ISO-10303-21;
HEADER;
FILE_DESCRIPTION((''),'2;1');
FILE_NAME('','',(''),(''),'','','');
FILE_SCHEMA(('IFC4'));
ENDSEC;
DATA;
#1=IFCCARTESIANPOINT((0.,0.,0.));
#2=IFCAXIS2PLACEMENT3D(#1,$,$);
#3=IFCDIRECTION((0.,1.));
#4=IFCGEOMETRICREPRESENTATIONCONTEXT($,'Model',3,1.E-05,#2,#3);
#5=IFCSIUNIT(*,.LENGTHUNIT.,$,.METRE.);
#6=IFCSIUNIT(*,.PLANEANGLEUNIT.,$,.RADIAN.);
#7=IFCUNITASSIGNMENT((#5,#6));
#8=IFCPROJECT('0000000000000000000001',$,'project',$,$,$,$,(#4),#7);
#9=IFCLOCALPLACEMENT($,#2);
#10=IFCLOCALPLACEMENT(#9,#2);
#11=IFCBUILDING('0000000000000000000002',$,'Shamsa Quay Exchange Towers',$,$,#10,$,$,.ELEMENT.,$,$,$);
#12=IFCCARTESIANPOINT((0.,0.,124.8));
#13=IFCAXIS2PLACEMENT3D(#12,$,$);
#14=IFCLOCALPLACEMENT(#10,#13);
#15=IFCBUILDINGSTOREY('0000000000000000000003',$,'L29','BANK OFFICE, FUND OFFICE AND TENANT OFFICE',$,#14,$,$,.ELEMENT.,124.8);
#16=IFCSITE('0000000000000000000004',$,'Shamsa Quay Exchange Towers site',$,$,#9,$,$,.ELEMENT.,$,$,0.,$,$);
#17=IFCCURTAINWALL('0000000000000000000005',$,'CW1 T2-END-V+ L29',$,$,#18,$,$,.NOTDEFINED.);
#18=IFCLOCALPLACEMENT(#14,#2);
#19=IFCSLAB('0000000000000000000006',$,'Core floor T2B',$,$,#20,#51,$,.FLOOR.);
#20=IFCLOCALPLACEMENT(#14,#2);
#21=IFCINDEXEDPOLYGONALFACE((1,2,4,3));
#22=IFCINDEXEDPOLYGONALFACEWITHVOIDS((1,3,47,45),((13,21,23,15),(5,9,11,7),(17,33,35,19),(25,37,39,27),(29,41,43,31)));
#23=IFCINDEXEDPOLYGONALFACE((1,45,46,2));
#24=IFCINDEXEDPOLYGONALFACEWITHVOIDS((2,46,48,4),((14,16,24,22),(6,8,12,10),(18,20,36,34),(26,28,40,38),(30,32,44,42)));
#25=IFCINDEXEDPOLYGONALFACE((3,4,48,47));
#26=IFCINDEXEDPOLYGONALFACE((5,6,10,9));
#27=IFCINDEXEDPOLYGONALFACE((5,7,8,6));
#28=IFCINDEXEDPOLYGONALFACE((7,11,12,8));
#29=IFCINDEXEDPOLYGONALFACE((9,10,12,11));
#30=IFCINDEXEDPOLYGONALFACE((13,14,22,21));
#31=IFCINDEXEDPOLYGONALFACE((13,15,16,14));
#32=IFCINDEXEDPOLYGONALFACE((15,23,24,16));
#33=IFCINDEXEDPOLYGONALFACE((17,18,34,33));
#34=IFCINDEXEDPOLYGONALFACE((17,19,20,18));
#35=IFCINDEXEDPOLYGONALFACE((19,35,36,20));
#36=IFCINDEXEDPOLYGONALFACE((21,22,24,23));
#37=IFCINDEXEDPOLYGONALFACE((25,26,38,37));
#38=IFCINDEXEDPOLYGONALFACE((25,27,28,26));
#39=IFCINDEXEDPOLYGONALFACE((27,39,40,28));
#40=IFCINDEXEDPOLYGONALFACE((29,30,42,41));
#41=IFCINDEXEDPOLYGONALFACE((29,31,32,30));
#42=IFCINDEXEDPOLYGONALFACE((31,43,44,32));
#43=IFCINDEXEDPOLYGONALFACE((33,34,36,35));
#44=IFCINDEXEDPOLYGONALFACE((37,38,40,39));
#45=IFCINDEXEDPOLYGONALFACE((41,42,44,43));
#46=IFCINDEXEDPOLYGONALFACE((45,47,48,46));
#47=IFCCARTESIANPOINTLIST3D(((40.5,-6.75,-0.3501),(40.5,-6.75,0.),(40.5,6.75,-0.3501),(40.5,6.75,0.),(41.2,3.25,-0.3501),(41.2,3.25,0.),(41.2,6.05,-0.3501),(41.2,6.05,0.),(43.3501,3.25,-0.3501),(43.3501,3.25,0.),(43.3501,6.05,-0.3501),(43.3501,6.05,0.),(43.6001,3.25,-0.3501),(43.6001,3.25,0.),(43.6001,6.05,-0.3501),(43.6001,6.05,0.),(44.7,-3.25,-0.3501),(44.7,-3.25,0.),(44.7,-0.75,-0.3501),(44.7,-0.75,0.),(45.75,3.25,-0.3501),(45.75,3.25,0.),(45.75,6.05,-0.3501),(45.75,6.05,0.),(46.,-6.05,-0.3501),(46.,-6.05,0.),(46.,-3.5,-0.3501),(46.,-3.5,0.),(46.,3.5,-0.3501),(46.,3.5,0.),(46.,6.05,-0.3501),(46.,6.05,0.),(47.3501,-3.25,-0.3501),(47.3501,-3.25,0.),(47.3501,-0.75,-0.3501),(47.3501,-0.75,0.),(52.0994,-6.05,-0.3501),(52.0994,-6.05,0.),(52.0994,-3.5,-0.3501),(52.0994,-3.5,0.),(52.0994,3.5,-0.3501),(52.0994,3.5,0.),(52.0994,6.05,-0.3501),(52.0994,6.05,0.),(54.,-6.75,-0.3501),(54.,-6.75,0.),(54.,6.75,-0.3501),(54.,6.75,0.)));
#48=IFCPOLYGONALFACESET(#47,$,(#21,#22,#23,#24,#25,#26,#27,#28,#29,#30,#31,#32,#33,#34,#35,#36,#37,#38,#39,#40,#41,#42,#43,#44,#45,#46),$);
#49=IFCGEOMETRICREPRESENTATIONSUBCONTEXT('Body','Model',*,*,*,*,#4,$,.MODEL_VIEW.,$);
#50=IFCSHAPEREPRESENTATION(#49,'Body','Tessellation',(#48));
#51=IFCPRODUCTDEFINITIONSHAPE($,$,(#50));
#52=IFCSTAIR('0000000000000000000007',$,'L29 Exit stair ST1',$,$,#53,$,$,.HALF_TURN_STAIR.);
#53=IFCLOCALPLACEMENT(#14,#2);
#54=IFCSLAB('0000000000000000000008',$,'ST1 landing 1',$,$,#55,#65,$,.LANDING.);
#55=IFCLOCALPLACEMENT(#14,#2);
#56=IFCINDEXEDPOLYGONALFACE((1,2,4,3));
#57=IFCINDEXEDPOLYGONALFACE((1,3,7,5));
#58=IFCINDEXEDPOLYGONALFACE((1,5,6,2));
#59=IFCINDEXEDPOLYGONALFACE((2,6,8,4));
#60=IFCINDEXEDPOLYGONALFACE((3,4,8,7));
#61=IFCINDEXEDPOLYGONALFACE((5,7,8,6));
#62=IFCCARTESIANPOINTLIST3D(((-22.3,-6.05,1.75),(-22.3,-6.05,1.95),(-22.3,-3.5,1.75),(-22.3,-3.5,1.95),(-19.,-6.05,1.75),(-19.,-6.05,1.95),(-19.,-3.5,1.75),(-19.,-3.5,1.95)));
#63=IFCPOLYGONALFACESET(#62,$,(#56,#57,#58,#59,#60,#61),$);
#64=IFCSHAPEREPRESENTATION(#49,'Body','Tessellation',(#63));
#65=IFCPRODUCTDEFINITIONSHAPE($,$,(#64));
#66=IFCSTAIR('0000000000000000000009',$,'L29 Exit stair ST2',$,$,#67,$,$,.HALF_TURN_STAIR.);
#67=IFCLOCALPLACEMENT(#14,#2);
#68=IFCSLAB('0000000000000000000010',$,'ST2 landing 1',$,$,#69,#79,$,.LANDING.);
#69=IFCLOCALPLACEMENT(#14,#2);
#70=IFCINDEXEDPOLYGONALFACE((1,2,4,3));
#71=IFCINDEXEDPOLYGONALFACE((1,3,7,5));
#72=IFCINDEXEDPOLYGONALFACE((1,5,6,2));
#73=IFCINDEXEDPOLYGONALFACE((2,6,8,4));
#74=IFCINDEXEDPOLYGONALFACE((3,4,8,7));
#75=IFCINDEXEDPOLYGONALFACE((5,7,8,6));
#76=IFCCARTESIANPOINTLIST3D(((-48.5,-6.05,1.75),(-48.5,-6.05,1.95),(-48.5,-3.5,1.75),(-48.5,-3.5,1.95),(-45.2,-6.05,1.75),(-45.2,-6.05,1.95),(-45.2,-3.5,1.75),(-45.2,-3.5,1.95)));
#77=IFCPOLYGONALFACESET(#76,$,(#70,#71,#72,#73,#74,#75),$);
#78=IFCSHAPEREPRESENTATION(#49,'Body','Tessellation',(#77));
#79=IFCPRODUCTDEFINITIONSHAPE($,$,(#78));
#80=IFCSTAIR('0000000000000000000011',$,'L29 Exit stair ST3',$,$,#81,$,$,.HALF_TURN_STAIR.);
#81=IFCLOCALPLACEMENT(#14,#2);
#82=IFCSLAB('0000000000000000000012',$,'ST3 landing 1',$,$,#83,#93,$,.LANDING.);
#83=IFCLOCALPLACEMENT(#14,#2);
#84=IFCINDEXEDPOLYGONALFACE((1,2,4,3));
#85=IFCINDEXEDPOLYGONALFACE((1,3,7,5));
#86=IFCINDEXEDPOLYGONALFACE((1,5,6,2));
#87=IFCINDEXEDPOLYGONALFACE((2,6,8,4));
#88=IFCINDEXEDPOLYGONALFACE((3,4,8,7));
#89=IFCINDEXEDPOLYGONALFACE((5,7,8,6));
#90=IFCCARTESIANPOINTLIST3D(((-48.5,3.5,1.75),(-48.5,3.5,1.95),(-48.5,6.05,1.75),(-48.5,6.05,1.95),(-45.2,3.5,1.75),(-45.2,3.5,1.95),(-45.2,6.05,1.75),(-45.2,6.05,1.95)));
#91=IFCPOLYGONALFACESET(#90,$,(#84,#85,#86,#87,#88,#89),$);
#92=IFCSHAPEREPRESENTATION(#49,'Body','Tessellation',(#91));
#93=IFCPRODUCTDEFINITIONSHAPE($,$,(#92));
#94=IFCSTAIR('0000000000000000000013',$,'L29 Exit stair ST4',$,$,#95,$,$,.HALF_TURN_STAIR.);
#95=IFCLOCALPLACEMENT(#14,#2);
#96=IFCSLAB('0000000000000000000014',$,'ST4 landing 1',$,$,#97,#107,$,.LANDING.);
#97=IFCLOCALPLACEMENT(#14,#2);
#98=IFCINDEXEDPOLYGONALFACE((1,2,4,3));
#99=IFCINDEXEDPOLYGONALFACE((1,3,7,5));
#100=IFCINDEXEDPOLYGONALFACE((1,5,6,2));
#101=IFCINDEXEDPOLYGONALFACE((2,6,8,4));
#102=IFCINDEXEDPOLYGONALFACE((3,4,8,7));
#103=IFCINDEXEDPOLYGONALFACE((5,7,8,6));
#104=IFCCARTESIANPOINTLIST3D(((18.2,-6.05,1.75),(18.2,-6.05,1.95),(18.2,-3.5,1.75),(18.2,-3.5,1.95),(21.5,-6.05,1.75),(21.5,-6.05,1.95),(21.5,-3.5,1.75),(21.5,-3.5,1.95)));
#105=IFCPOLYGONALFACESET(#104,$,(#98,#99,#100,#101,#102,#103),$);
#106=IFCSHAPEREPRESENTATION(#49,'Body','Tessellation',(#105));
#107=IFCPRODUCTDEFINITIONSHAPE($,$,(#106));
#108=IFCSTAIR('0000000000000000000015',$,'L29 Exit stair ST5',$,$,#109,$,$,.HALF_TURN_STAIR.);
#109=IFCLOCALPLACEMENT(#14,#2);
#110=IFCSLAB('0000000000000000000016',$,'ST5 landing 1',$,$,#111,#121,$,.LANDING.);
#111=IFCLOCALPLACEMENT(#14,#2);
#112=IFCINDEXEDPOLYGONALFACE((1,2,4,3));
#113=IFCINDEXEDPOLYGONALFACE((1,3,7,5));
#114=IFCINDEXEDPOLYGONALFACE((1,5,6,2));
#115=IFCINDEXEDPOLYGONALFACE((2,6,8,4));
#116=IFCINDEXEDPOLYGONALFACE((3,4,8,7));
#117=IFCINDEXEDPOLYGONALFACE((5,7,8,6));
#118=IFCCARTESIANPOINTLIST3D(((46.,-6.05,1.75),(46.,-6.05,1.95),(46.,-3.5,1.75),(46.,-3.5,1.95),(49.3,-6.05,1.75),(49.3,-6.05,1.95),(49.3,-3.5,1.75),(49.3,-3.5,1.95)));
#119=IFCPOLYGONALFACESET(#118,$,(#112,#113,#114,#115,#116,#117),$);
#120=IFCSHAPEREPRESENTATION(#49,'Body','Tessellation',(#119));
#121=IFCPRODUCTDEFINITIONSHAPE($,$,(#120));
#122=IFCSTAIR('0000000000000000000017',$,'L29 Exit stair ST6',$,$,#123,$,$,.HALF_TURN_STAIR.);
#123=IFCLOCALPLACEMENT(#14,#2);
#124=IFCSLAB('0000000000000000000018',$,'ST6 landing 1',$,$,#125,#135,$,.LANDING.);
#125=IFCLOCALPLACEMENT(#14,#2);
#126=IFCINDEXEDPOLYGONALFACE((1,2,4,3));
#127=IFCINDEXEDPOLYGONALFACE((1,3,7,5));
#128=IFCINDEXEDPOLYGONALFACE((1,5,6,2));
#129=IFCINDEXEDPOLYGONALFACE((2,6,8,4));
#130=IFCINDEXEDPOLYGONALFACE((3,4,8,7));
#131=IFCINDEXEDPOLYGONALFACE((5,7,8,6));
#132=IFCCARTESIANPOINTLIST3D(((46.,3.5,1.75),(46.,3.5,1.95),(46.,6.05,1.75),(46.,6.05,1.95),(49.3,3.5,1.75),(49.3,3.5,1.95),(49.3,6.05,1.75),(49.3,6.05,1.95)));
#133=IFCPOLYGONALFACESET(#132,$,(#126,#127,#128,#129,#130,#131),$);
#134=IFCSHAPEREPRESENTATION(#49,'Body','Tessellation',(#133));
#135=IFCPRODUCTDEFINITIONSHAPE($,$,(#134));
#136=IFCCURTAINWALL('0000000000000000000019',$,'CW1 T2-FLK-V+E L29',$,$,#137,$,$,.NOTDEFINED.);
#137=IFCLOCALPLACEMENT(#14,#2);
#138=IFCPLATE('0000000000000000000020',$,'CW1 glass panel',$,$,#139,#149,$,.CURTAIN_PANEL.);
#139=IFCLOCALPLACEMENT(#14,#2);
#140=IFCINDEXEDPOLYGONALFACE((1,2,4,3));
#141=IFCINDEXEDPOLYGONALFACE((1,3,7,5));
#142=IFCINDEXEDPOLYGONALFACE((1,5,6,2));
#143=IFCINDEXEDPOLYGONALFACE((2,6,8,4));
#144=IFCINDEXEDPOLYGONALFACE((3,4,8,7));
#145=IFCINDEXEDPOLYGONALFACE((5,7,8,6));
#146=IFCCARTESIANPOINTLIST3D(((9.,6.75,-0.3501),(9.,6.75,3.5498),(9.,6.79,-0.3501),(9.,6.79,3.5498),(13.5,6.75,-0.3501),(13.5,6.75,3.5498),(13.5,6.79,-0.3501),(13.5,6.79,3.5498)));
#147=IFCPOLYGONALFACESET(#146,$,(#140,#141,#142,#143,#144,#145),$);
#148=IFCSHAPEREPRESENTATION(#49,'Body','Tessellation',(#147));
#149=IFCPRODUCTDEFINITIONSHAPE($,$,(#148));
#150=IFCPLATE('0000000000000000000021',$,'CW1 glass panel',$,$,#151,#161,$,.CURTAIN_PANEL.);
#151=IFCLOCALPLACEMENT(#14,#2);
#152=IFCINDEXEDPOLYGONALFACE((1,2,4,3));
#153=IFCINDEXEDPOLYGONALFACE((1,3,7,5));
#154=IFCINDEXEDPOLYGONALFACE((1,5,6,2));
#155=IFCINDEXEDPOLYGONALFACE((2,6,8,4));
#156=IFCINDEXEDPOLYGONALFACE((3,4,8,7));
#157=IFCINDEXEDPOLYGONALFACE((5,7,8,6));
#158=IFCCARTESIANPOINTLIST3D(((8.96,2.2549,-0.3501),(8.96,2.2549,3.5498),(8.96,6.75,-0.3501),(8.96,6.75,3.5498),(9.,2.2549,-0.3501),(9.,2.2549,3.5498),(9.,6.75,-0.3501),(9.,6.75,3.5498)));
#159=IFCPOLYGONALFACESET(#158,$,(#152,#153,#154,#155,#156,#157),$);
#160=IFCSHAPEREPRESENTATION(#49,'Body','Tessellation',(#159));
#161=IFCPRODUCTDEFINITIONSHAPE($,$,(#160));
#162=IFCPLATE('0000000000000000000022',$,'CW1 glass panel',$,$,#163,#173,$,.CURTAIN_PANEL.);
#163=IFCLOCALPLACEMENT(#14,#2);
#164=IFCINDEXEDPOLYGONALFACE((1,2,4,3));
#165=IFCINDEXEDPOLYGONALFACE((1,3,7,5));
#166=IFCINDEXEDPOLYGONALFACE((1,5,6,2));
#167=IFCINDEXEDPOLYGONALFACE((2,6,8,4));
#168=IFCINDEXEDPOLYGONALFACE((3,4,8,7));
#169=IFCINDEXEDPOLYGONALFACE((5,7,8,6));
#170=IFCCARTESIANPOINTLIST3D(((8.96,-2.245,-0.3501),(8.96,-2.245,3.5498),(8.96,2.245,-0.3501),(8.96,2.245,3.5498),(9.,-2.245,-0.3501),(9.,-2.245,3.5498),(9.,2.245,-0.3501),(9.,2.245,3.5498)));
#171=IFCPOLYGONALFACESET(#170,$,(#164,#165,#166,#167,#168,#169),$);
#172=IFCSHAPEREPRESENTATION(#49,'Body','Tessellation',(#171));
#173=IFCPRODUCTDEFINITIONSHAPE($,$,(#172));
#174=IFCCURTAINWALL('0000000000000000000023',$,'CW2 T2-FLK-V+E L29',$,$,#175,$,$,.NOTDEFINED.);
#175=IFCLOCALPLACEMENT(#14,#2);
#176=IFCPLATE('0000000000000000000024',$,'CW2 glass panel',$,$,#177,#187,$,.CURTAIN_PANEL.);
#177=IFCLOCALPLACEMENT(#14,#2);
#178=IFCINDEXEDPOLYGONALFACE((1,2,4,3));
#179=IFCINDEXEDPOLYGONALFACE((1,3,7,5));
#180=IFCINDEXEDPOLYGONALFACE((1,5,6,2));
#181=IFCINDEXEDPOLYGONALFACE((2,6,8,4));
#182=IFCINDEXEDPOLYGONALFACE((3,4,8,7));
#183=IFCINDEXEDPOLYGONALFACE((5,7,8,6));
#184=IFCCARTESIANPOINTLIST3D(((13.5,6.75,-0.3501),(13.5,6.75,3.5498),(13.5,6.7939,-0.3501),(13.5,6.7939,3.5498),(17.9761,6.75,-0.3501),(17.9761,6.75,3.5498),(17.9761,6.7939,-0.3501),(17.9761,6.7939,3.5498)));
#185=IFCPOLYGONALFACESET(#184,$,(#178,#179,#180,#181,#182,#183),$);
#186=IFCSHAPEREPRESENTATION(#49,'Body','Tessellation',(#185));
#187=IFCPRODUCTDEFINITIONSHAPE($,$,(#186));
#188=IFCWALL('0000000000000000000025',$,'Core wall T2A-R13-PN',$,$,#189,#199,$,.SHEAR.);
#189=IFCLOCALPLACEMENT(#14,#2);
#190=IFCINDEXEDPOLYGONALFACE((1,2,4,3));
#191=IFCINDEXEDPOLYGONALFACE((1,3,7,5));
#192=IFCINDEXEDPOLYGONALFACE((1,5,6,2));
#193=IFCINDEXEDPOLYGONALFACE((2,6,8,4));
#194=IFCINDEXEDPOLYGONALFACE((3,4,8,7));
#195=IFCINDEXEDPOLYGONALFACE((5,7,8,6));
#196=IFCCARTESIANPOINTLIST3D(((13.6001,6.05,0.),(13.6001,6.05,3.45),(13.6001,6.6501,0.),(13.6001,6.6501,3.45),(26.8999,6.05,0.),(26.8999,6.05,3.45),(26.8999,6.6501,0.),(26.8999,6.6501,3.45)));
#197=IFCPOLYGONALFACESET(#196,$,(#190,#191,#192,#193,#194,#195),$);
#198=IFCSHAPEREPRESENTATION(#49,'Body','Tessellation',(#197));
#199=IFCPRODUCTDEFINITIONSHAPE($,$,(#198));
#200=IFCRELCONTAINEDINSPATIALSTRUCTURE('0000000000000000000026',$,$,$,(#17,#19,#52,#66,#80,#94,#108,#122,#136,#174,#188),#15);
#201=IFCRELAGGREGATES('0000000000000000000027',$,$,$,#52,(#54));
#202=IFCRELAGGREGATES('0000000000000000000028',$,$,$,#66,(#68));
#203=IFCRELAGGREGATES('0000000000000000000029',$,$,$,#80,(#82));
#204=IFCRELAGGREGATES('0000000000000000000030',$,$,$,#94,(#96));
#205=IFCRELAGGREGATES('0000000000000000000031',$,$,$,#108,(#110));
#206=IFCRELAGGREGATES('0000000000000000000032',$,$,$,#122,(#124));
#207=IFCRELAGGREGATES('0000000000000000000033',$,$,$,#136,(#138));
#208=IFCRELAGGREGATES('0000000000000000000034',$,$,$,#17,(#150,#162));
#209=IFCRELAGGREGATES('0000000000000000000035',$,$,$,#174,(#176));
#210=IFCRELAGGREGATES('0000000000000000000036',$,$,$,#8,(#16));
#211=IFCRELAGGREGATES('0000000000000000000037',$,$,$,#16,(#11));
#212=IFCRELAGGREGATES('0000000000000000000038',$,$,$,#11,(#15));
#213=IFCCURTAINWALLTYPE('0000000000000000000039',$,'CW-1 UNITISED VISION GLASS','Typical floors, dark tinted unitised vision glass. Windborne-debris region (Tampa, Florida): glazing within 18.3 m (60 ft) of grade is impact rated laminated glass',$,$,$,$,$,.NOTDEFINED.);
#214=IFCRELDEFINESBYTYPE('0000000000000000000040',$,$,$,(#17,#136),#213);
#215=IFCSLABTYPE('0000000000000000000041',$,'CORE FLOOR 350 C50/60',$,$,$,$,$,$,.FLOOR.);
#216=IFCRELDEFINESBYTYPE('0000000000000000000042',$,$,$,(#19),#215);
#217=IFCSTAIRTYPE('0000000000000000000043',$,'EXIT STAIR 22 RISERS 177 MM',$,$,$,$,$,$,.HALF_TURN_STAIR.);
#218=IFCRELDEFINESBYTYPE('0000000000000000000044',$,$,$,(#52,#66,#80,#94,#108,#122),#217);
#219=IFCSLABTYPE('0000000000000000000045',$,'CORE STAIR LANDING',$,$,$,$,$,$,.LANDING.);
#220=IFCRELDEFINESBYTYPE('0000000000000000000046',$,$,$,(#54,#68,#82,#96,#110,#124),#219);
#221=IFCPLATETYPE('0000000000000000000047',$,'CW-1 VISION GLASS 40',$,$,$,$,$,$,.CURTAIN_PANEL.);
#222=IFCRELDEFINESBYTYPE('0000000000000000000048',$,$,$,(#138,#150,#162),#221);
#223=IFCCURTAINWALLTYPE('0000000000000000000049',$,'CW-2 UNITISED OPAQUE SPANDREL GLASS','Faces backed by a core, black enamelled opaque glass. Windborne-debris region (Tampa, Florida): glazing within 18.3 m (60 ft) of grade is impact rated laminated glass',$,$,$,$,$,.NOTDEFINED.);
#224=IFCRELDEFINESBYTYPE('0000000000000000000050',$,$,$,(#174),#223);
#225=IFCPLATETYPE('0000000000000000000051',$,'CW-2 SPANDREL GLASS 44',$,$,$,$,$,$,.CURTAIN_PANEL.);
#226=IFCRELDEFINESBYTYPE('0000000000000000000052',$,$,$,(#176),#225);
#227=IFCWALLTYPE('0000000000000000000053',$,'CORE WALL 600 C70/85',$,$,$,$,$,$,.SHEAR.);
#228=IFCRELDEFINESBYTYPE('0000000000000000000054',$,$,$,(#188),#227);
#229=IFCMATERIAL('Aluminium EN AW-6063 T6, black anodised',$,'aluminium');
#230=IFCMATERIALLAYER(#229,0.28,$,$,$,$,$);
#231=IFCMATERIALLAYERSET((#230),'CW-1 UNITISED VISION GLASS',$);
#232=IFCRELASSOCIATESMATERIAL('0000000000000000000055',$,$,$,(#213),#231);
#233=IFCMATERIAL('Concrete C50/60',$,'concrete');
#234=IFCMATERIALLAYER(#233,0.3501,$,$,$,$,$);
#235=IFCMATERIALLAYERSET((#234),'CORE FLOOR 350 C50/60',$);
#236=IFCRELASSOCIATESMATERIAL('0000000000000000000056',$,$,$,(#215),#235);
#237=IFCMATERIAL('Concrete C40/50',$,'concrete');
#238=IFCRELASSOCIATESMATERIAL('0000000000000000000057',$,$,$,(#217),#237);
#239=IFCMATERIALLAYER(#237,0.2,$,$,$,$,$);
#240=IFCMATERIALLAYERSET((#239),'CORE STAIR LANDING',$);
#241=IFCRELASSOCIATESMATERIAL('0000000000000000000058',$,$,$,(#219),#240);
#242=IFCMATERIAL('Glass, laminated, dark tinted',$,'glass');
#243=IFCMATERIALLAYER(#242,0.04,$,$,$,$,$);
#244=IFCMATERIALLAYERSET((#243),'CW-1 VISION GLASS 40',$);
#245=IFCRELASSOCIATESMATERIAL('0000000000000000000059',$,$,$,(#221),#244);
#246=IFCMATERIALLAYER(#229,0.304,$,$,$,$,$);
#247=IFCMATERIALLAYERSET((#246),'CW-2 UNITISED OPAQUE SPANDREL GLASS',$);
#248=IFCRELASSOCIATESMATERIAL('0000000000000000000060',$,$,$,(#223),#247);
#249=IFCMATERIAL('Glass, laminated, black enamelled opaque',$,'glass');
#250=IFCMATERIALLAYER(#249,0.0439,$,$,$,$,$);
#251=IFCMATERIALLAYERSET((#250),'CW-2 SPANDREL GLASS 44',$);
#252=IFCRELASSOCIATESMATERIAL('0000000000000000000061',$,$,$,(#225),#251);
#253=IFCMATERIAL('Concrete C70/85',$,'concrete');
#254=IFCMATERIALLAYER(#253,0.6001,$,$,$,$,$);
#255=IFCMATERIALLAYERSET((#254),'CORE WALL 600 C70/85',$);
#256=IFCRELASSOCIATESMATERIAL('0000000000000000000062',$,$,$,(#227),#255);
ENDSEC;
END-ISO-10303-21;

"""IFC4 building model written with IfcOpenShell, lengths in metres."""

from ifc_helpers import new_model, si_unit, direction, frame, frame_2d, origin, origin_2d, place, context, subcontext, project, spatial, polyline, rectangle, outline, extrude, material, layer, layer_set, type_object, element, aggregate, save


model = new_model("IFC4")

# Units and contexts
model_context = context("Model", 3, precision=1e-05, world=origin(), true_north=direction((0.0, 1.0)))
body_context = subcontext(model_context, "Body", "Model", "MODEL_VIEW")
ifc_project = project(units=[si_unit("LENGTHUNIT", "METRE"), si_unit("PLANEANGLEUNIT", "RADIAN")], contexts=[model_context])

# Site, building, storey
site_placement = place(None, origin())
site = spatial("IfcSite", under=ifc_project, at=site_placement, Name="Shamsa Quay Exchange Towers site", CompositionType="ELEMENT", RefElevation=0.0)
building_placement = place(site_placement, origin())
building = spatial("IfcBuilding", under=site, at=building_placement, Name="Shamsa Quay Exchange Towers", CompositionType="ELEMENT")
storey_placement = place(building_placement, frame((0.0, 0.0, 124.8)))
storey = spatial("IfcBuildingStorey", under=building, at=storey_placement, Name="L29", Description="BANK OFFICE, FUND OFFICE AND TENANT OFFICE", CompositionType="ELEMENT", Elevation=124.8)

# Curtain wall
ifc_material_1 = material(Name="Aluminium EN AW-6063 T6, black anodised", Category="aluminium")
ifc_layer_1 = layer(ifc_material_1, 0.28)
ifc_layer_set_1 = layer_set([ifc_layer_1], Name="CW-1 UNITISED VISION GLASS")
curtain_wall_type_1 = type_object("IfcCurtainWallType", Name="CW-1 UNITISED VISION GLASS", Description="Typical floors, dark tinted unitised vision glass. Windborne-debris region (Tampa, Florida): glazing within 18.3 m (60 ft) of grade is impact rated laminated glass", PredefinedType="NOTDEFINED", material=ifc_layer_set_1)
curtain_wall_1_placement = place(storey_placement, origin())
curtain_wall_1 = element("IfcCurtainWall", 1, at=curtain_wall_1_placement, inside=storey, type_object=curtain_wall_type_1, Name="CW1 T2-END-V+ L29", PredefinedType="NOTDEFINED")

# Slab
ifc_material_2 = material(Name="Concrete C50/60", Category="concrete")
ifc_layer_2 = layer(ifc_material_2, 0.3501)
ifc_layer_set_2 = layer_set([ifc_layer_2], Name="CORE FLOOR 350 C50/60")
slab_type_1 = type_object("IfcSlabType", Name="CORE FLOOR 350 C50/60", PredefinedType="FLOOR", material=ifc_layer_set_2)
slab_1_placement = place(storey_placement, frame((0.0, 0.0, -0.3501)))
element("IfcSlab", 2, at=slab_1_placement, inside=storey, type_object=slab_type_1, Name="Core floor T2B", PredefinedType="FLOOR", context=body_context, shape_type="SweptSolid", body=[
    extrude(outline(polyline([(54.0, -6.75), (54.0, 6.75), (40.5, 6.75), (40.5, -6.75), (54.0, -6.75)]), holes=[polyline([(52.0994, -3.5), (52.0994, -6.05), (46.0, -6.05), (46.0, -3.5), (52.0994, -3.5)]), polyline([(52.0994, 6.05), (52.0994, 3.5), (46.0, 3.5), (46.0, 6.05), (52.0994, 6.05)]), polyline([(45.75, 3.25), (43.6001, 3.25), (43.6001, 6.05), (45.75, 6.05), (45.75, 3.25)]), polyline([(43.3501, 3.25), (41.2, 3.25), (41.2, 6.05), (43.3501, 6.05), (43.3501, 3.25)]), polyline([(47.3501, -3.25), (44.7, -3.25), (44.7, -0.75), (47.3501, -0.75), (47.3501, -3.25)])]), origin(), (0.0, 0.0, 1.0), 0.3501),
])

# Stairs, slabs
ifc_material_3 = material(Name="Concrete C40/50", Category="concrete")
stair_type = type_object("IfcStairType", Name="EXIT STAIR 22 RISERS 177 MM", PredefinedType="HALF_TURN_STAIR", material=ifc_material_3)
stair_1_placement = place(storey_placement, origin())
stair_1 = element("IfcStair", 3, at=stair_1_placement, inside=storey, type_object=stair_type, Name="L29 Exit stair ST1", PredefinedType="HALF_TURN_STAIR")
ifc_layer_3 = layer(ifc_material_3, 0.2)
ifc_layer_set_3 = layer_set([ifc_layer_3], Name="CORE STAIR LANDING")
slab_type_2 = type_object("IfcSlabType", Name="CORE STAIR LANDING", PredefinedType="LANDING", material=ifc_layer_set_3)
slab_2_placement = place(storey_placement, frame((0.0, 0.0, 1.75)))
slab_2 = element("IfcSlab", 4, at=slab_2_placement, type_object=slab_type_2, Name="ST1 landing 1", PredefinedType="LANDING", context=body_context, shape_type="SweptSolid", body=[
    extrude(outline(polyline([(-22.3, -6.05), (-19.0, -6.05), (-19.0, -3.5), (-22.3, -3.5), (-22.3, -6.05)])), origin(), (0.0, 0.0, 1.0), 0.2),
])
aggregate(stair_1, [slab_2])
stair_2_placement = place(storey_placement, origin())
stair_2 = element("IfcStair", 5, at=stair_2_placement, inside=storey, type_object=stair_type, Name="L29 Exit stair ST2", PredefinedType="HALF_TURN_STAIR")
slab_3_placement = place(storey_placement, frame((0.0, 0.0, 1.75)))
slab_3 = element("IfcSlab", 6, at=slab_3_placement, type_object=slab_type_2, Name="ST2 landing 1", PredefinedType="LANDING", context=body_context, shape_type="SweptSolid", body=[
    extrude(outline(polyline([(-45.2, -3.5), (-48.5, -3.5), (-48.5, -6.05), (-45.2, -6.05), (-45.2, -3.5)])), origin(), (0.0, 0.0, 1.0), 0.2),
])
aggregate(stair_2, [slab_3])
stair_3_placement = place(storey_placement, origin())
stair_3 = element("IfcStair", 7, at=stair_3_placement, inside=storey, type_object=stair_type, Name="L29 Exit stair ST3", PredefinedType="HALF_TURN_STAIR")
slab_4_placement = place(storey_placement, frame((0.0, 0.0, 1.75)))
slab_4 = element("IfcSlab", 8, at=slab_4_placement, type_object=slab_type_2, Name="ST3 landing 1", PredefinedType="LANDING", context=body_context, shape_type="SweptSolid", body=[
    extrude(outline(polyline([(-45.2, 6.05), (-48.5, 6.05), (-48.5, 3.5), (-45.2, 3.5), (-45.2, 6.05)])), origin(), (0.0, 0.0, 1.0), 0.2),
])
aggregate(stair_3, [slab_4])
stair_4_placement = place(storey_placement, origin())
stair_4 = element("IfcStair", 9, at=stair_4_placement, inside=storey, type_object=stair_type, Name="L29 Exit stair ST4", PredefinedType="HALF_TURN_STAIR")
slab_5_placement = place(storey_placement, frame((0.0, 0.0, 1.75)))
slab_5 = element("IfcSlab", 10, at=slab_5_placement, type_object=slab_type_2, Name="ST4 landing 1", PredefinedType="LANDING", context=body_context, shape_type="SweptSolid", body=[
    extrude(outline(polyline([(18.2, -6.05), (21.5, -6.05), (21.5, -3.5), (18.2, -3.5), (18.2, -6.05)])), origin(), (0.0, 0.0, 1.0), 0.2),
])
aggregate(stair_4, [slab_5])
stair_5_placement = place(storey_placement, origin())
stair_5 = element("IfcStair", 11, at=stair_5_placement, inside=storey, type_object=stair_type, Name="L29 Exit stair ST5", PredefinedType="HALF_TURN_STAIR")
slab_6_placement = place(storey_placement, frame((0.0, 0.0, 1.75)))
slab_6 = element("IfcSlab", 12, at=slab_6_placement, type_object=slab_type_2, Name="ST5 landing 1", PredefinedType="LANDING", context=body_context, shape_type="SweptSolid", body=[
    extrude(outline(polyline([(49.3, -3.5), (46.0, -3.5), (46.0, -6.05), (49.3, -6.05), (49.3, -3.5)])), origin(), (0.0, 0.0, 1.0), 0.2),
])
aggregate(stair_5, [slab_6])
stair_6_placement = place(storey_placement, origin())
stair_6 = element("IfcStair", 13, at=stair_6_placement, inside=storey, type_object=stair_type, Name="L29 Exit stair ST6", PredefinedType="HALF_TURN_STAIR")
slab_7_placement = place(storey_placement, frame((0.0, 0.0, 1.75)))
slab_7 = element("IfcSlab", 14, at=slab_7_placement, type_object=slab_type_2, Name="ST6 landing 1", PredefinedType="LANDING", context=body_context, shape_type="SweptSolid", body=[
    extrude(outline(polyline([(49.3, 6.05), (46.0, 6.05), (46.0, 3.5), (49.3, 3.5), (49.3, 6.05)])), origin(), (0.0, 0.0, 1.0), 0.2),
])
aggregate(stair_6, [slab_7])

# Curtain wall, plate
curtain_wall_2_placement = place(storey_placement, origin())
curtain_wall_2 = element("IfcCurtainWall", 15, at=curtain_wall_2_placement, inside=storey, type_object=curtain_wall_type_1, Name="CW1 T2-FLK-V+E L29", PredefinedType="NOTDEFINED")
ifc_material_4 = material(Name="Glass, laminated, dark tinted", Category="glass")
ifc_layer_4 = layer(ifc_material_4, 0.04)
ifc_layer_set_4 = layer_set([ifc_layer_4], Name="CW-1 VISION GLASS 40")
plate_type_1 = type_object("IfcPlateType", Name="CW-1 VISION GLASS 40", PredefinedType="CURTAIN_PANEL", material=ifc_layer_set_4)
plate_1_placement = place(storey_placement, frame((11.25, 6.77, -0.3501), z_axis=(0.0, 0.0, 1.0), x_axis=(-1.0, 0.0, 0.0)))
plate_1 = element("IfcPlate", 16, at=plate_1_placement, type_object=plate_type_1, Name="CW1 glass panel", PredefinedType="CURTAIN_PANEL", context=body_context, shape_type="SweptSolid", body=[
    extrude(rectangle(XDim=4.5, YDim=0.04, at=origin_2d()), origin(), (0.0, 0.0, 1.0), 3.8999),
])
aggregate(curtain_wall_2, [plate_1])

# Plates
plate_2_placement = place(storey_placement, frame((8.98, 4.5024, -0.3501), z_axis=(0.0, 0.0, 1.0), x_axis=(0.0, -1.0, 0.0)))
plate_2 = element("IfcPlate", 17, at=plate_2_placement, type_object=plate_type_1, Name="CW1 glass panel", PredefinedType="CURTAIN_PANEL", context=body_context, shape_type="SweptSolid", body=[
    extrude(rectangle(XDim=4.4951, YDim=0.04, at=origin_2d()), origin(), (0.0, 0.0, 1.0), 3.8999),
])
plate_3_placement = place(storey_placement, frame((8.98, 0.0, -0.3501), z_axis=(0.0, 0.0, 1.0), x_axis=(0.0, -1.0, 0.0)))
plate_3 = element("IfcPlate", 18, at=plate_3_placement, type_object=plate_type_1, Name="CW1 glass panel", PredefinedType="CURTAIN_PANEL", context=body_context, shape_type="SweptSolid", body=[
    extrude(rectangle(XDim=4.49, YDim=0.04, at=origin_2d()), origin(), (0.0, 0.0, 1.0), 3.8999),
])
aggregate(curtain_wall_1, [plate_2, plate_3])

# Curtain wall, plate
ifc_layer_5 = layer(ifc_material_1, 0.304)
ifc_layer_set_5 = layer_set([ifc_layer_5], Name="CW-2 UNITISED OPAQUE SPANDREL GLASS")
curtain_wall_type_2 = type_object("IfcCurtainWallType", Name="CW-2 UNITISED OPAQUE SPANDREL GLASS", Description="Faces backed by a core, black enamelled opaque glass. Windborne-debris region (Tampa, Florida): glazing within 18.3 m (60 ft) of grade is impact rated laminated glass", PredefinedType="NOTDEFINED", material=ifc_layer_set_5)
curtain_wall_3_placement = place(storey_placement, origin())
curtain_wall_3 = element("IfcCurtainWall", 19, at=curtain_wall_3_placement, inside=storey, type_object=curtain_wall_type_2, Name="CW2 T2-FLK-V+E L29", PredefinedType="NOTDEFINED")
ifc_material_5 = material(Name="Glass, laminated, black enamelled opaque", Category="glass")
ifc_layer_6 = layer(ifc_material_5, 0.0439)
ifc_layer_set_6 = layer_set([ifc_layer_6], Name="CW-2 SPANDREL GLASS 44")
plate_type_2 = type_object("IfcPlateType", Name="CW-2 SPANDREL GLASS 44", PredefinedType="CURTAIN_PANEL", material=ifc_layer_set_6)
plate_4_placement = place(storey_placement, frame((15.738, 6.772, -0.3501), z_axis=(0.0, 0.0, 1.0), x_axis=(-1.0, 0.0, 0.0)))
plate_4 = element("IfcPlate", 20, at=plate_4_placement, type_object=plate_type_2, Name="CW2 glass panel", PredefinedType="CURTAIN_PANEL", context=body_context, shape_type="SweptSolid", body=[
    extrude(rectangle(XDim=4.4761, YDim=0.0439, at=origin_2d()), origin(), (0.0, 0.0, 1.0), 3.8999),
])
aggregate(curtain_wall_3, [plate_4])

# Wall
ifc_material_6 = material(Name="Concrete C70/85", Category="concrete")
ifc_layer_7 = layer(ifc_material_6, 0.6001)
ifc_layer_set_7 = layer_set([ifc_layer_7], Name="CORE WALL 600 C70/85")
wall_type_1 = type_object("IfcWallType", Name="CORE WALL 600 C70/85", PredefinedType="SHEAR", material=ifc_layer_set_7)
wall_1_placement = place(storey_placement, frame((13.6001, 6.3501, 0.0)))
element("IfcWall", 21, at=wall_1_placement, inside=storey, type_object=wall_type_1, Name="Core wall T2A-R13-PN", PredefinedType="SHEAR", context=body_context, shape_type="SweptSolid", body=[
    extrude(rectangle(XDim=13.2998, YDim=0.6001, at=frame_2d((6.6499, 0.0))), origin(), (0.0, 0.0, 1.0), 3.45),
])

save(model, "model.ifc")
